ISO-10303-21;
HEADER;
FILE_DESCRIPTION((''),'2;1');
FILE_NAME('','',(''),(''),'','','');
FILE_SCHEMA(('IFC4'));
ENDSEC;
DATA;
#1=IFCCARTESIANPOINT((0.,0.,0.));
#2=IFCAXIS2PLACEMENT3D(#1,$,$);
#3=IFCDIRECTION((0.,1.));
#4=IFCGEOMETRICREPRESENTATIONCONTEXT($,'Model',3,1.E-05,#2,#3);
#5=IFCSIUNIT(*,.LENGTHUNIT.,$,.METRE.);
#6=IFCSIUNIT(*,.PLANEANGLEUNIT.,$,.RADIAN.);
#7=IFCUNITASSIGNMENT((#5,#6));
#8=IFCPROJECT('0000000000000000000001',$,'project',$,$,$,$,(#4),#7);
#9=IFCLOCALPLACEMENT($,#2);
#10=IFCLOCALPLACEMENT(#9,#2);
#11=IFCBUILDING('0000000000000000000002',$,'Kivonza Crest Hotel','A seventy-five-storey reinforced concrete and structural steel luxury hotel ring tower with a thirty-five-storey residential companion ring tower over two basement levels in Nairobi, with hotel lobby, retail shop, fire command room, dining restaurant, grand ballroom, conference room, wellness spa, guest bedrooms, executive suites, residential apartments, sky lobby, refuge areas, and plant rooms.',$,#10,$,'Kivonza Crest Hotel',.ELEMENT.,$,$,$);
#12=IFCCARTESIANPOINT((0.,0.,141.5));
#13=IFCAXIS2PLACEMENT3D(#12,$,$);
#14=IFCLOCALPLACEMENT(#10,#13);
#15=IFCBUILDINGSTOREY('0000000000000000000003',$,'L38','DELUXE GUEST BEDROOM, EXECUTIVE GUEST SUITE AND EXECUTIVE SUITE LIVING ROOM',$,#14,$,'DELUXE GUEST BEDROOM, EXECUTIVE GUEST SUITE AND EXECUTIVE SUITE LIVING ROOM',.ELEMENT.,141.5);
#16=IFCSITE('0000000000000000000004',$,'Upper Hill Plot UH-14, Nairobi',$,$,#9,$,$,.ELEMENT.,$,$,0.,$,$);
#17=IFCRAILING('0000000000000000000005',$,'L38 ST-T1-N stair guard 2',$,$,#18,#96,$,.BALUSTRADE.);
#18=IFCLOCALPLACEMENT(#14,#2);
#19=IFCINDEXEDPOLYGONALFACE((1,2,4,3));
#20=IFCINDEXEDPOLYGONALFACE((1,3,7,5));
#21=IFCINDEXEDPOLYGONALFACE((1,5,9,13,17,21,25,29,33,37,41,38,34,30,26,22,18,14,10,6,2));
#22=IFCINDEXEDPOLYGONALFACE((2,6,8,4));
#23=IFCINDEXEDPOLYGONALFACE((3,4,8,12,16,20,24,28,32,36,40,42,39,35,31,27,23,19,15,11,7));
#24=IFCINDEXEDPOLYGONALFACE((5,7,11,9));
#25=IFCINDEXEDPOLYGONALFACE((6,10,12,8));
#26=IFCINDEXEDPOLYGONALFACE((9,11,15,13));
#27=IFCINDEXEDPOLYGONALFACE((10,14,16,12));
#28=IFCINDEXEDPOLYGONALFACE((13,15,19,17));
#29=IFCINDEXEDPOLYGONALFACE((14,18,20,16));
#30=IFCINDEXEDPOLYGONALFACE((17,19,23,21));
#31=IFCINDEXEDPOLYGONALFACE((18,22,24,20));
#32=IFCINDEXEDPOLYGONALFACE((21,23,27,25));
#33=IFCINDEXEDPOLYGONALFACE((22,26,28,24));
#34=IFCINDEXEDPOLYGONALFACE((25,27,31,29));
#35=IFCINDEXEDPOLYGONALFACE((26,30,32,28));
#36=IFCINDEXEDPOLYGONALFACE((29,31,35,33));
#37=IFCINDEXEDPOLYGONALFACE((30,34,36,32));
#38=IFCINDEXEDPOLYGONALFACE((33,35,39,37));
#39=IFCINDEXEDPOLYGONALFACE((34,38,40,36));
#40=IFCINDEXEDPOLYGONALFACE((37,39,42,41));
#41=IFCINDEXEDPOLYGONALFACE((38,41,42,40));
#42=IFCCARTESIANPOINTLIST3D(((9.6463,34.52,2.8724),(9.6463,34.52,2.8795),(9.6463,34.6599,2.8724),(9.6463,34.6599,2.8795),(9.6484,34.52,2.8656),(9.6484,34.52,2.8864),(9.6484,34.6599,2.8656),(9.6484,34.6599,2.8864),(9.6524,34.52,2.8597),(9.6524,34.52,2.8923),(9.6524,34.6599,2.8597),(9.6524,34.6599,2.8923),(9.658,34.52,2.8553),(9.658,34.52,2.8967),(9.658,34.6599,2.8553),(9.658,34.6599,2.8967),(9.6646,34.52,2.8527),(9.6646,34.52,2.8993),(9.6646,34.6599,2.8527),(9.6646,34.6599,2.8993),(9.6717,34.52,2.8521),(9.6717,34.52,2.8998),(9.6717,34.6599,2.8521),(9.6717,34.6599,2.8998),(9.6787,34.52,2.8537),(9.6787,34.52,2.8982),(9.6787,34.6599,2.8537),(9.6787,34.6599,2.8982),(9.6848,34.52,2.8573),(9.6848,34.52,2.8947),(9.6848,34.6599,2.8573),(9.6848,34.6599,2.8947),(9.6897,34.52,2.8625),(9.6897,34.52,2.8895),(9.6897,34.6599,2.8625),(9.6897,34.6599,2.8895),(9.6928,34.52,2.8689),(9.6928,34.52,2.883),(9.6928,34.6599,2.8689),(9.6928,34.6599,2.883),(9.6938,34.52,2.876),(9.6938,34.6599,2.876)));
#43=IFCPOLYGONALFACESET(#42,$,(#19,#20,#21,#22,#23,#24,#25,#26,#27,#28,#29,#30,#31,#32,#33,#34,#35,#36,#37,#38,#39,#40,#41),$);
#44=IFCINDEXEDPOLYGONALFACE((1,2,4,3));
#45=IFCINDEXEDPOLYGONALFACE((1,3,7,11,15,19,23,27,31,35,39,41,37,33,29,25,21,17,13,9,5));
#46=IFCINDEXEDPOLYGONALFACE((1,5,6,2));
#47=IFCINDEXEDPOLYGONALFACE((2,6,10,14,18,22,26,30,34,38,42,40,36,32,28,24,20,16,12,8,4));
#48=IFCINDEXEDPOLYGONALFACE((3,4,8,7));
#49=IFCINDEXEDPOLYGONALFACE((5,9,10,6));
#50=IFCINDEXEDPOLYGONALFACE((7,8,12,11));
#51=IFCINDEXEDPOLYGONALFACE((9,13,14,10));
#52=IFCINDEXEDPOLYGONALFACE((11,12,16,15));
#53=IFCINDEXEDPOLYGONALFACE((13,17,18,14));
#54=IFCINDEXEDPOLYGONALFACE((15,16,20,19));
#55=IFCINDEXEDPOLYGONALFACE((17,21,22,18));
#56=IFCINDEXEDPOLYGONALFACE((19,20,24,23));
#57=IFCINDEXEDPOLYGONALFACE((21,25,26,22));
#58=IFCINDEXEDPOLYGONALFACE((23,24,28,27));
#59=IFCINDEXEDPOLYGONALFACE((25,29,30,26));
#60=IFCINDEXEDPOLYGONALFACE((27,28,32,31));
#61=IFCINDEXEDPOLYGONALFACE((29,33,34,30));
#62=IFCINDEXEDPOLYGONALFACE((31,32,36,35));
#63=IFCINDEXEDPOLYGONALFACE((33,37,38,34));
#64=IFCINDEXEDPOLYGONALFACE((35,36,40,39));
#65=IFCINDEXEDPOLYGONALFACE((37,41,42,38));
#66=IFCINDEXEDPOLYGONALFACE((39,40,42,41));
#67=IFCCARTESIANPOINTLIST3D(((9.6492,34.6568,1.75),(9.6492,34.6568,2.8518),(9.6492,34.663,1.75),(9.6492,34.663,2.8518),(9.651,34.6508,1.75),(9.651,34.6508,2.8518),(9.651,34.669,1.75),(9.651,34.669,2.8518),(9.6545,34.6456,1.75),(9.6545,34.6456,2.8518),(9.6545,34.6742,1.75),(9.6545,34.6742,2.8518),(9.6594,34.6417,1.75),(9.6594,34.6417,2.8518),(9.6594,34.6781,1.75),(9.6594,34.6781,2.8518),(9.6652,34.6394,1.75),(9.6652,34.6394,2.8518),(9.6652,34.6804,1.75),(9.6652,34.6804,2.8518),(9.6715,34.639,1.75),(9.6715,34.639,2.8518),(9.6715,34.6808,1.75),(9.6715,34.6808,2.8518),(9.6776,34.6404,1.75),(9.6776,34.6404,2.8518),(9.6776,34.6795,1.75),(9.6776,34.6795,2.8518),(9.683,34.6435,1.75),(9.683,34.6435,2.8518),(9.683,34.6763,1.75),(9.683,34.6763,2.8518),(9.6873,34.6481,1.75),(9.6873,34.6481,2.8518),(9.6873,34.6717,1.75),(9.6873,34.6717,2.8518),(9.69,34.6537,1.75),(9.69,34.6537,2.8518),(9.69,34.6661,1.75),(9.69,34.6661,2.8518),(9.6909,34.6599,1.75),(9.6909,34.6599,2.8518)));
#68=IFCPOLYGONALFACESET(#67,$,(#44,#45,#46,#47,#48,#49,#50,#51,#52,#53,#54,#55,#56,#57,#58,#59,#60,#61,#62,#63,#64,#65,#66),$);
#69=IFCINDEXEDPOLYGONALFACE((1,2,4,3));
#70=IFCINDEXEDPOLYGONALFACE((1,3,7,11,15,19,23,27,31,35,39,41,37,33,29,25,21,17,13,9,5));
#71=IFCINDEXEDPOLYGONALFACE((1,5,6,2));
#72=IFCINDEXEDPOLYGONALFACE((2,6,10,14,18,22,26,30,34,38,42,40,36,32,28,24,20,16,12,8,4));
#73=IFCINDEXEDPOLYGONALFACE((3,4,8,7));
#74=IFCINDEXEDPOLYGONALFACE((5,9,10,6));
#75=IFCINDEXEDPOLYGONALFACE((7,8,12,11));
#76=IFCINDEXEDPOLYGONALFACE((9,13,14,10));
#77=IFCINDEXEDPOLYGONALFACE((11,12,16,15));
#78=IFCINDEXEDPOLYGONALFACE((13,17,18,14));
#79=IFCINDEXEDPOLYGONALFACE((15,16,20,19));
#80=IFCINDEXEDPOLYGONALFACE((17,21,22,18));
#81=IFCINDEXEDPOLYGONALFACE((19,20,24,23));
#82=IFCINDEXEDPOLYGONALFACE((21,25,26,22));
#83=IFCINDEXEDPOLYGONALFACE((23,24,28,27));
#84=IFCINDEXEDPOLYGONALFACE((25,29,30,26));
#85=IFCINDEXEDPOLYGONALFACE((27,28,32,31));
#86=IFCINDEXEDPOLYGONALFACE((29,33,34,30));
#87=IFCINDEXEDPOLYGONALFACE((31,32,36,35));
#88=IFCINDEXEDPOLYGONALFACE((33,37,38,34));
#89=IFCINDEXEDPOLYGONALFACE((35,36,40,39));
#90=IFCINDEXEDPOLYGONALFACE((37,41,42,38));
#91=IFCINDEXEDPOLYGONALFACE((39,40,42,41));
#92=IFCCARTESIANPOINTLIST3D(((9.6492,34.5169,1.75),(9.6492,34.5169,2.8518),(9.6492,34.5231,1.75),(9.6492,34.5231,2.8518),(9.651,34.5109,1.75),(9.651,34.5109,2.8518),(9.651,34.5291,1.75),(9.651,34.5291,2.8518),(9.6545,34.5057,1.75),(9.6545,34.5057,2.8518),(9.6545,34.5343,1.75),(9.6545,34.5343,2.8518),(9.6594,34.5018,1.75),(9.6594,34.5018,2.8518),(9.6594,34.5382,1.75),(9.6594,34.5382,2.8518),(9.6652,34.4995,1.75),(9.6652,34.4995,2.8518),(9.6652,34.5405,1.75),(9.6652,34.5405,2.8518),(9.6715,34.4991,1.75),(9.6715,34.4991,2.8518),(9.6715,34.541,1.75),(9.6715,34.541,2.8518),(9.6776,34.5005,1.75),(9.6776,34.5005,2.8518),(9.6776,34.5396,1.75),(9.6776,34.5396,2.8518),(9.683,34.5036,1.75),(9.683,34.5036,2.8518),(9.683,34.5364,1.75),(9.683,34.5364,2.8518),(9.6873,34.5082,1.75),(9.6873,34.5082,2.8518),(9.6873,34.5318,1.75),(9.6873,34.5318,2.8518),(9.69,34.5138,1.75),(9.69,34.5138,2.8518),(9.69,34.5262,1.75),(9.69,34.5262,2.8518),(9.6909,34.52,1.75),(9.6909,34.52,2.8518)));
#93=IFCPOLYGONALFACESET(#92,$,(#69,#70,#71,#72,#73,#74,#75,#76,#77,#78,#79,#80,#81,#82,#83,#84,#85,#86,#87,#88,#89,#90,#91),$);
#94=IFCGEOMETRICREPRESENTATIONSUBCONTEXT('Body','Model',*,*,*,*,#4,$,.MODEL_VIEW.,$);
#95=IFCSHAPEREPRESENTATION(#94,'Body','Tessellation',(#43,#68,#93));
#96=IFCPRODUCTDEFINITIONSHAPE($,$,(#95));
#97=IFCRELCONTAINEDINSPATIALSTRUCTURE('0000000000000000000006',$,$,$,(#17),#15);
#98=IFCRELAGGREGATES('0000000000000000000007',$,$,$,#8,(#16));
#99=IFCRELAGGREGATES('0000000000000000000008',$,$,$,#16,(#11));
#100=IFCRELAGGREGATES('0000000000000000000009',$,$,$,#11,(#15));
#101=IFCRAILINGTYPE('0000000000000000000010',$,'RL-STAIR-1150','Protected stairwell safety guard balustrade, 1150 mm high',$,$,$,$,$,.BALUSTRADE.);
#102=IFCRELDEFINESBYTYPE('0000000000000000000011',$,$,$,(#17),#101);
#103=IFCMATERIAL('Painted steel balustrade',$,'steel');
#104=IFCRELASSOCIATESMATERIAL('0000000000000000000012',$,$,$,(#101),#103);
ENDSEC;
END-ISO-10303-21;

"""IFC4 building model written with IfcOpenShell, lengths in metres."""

from ifc_helpers import new_model, si_unit, direction, frame, origin, origin_2d, place, context, subcontext, project, spatial, circle, extrude, material, type_object, element, save


model = new_model("IFC4")

# Units and contexts
model_context = context("Model", 3, precision=1e-05, world=origin(), true_north=direction((0.0, 1.0)))
body_context = subcontext(model_context, "Body", "Model", "MODEL_VIEW")
ifc_project = project(units=[si_unit("LENGTHUNIT", "METRE"), si_unit("PLANEANGLEUNIT", "RADIAN")], contexts=[model_context])

# Site, building, storey
site_placement = place(None, origin())
site = spatial("IfcSite", under=ifc_project, at=site_placement, Name="Upper Hill Plot UH-14, Nairobi", CompositionType="ELEMENT", RefElevation=0.0)
building_placement = place(site_placement, origin())
building = spatial("IfcBuilding", under=site, at=building_placement, Name="Kivonza Crest Hotel", Description="A seventy-five-storey reinforced concrete and structural steel luxury hotel ring tower with a thirty-five-storey residential companion ring tower over two basement levels in Nairobi, with hotel lobby, retail shop, fire command room, dining restaurant, grand ballroom, conference room, wellness spa, guest bedrooms, executive suites, residential apartments, sky lobby, refuge areas, and plant rooms.", LongName="Kivonza Crest Hotel", CompositionType="ELEMENT")
storey_placement = place(building_placement, frame((0.0, 0.0, 141.5)))
storey = spatial("IfcBuildingStorey", under=building, at=storey_placement, Name="L38", Description="DELUXE GUEST BEDROOM, EXECUTIVE GUEST SUITE AND EXECUTIVE SUITE LIVING ROOM", LongName="DELUXE GUEST BEDROOM, EXECUTIVE GUEST SUITE AND EXECUTIVE SUITE LIVING ROOM", CompositionType="ELEMENT", Elevation=141.5)

# Railing
ifc_material_1 = material(Name="Painted steel balustrade", Category="steel")
railing_type_1 = type_object("IfcRailingType", Name="RL-STAIR-1150", Description="Protected stairwell safety guard balustrade, 1150 mm high", PredefinedType="BALUSTRADE", material=ifc_material_1)
railing_1_placement = place(storey_placement, frame((9.6699, 34.6599, 1.75)))
element("IfcRailing", 1, at=railing_1_placement, inside=storey, type_object=railing_type_1, Name="L38 ST-T1-N stair guard 2", PredefinedType="BALUSTRADE", context=body_context, shape_type="SweptSolid", body=[
    extrude(circle(Radius=0.0239, at=origin_2d()), frame((0.0, 0.0, 1.126), z_axis=(0.0, -1.0, 0.0), x_axis=(1.0, 0.0, 0.0)), (0.0, 0.0, 1.0), 0.1399),
    extrude(circle(Radius=0.021, at=origin_2d()), origin(), (0.0, 0.0, 1.0), 1.1018),
    extrude(circle(Radius=0.021, at=origin_2d()), frame((0.0, -0.1399, 0.0)), (0.0, 0.0, 1.0), 1.1018),
])

save(model, "model.ifc")
